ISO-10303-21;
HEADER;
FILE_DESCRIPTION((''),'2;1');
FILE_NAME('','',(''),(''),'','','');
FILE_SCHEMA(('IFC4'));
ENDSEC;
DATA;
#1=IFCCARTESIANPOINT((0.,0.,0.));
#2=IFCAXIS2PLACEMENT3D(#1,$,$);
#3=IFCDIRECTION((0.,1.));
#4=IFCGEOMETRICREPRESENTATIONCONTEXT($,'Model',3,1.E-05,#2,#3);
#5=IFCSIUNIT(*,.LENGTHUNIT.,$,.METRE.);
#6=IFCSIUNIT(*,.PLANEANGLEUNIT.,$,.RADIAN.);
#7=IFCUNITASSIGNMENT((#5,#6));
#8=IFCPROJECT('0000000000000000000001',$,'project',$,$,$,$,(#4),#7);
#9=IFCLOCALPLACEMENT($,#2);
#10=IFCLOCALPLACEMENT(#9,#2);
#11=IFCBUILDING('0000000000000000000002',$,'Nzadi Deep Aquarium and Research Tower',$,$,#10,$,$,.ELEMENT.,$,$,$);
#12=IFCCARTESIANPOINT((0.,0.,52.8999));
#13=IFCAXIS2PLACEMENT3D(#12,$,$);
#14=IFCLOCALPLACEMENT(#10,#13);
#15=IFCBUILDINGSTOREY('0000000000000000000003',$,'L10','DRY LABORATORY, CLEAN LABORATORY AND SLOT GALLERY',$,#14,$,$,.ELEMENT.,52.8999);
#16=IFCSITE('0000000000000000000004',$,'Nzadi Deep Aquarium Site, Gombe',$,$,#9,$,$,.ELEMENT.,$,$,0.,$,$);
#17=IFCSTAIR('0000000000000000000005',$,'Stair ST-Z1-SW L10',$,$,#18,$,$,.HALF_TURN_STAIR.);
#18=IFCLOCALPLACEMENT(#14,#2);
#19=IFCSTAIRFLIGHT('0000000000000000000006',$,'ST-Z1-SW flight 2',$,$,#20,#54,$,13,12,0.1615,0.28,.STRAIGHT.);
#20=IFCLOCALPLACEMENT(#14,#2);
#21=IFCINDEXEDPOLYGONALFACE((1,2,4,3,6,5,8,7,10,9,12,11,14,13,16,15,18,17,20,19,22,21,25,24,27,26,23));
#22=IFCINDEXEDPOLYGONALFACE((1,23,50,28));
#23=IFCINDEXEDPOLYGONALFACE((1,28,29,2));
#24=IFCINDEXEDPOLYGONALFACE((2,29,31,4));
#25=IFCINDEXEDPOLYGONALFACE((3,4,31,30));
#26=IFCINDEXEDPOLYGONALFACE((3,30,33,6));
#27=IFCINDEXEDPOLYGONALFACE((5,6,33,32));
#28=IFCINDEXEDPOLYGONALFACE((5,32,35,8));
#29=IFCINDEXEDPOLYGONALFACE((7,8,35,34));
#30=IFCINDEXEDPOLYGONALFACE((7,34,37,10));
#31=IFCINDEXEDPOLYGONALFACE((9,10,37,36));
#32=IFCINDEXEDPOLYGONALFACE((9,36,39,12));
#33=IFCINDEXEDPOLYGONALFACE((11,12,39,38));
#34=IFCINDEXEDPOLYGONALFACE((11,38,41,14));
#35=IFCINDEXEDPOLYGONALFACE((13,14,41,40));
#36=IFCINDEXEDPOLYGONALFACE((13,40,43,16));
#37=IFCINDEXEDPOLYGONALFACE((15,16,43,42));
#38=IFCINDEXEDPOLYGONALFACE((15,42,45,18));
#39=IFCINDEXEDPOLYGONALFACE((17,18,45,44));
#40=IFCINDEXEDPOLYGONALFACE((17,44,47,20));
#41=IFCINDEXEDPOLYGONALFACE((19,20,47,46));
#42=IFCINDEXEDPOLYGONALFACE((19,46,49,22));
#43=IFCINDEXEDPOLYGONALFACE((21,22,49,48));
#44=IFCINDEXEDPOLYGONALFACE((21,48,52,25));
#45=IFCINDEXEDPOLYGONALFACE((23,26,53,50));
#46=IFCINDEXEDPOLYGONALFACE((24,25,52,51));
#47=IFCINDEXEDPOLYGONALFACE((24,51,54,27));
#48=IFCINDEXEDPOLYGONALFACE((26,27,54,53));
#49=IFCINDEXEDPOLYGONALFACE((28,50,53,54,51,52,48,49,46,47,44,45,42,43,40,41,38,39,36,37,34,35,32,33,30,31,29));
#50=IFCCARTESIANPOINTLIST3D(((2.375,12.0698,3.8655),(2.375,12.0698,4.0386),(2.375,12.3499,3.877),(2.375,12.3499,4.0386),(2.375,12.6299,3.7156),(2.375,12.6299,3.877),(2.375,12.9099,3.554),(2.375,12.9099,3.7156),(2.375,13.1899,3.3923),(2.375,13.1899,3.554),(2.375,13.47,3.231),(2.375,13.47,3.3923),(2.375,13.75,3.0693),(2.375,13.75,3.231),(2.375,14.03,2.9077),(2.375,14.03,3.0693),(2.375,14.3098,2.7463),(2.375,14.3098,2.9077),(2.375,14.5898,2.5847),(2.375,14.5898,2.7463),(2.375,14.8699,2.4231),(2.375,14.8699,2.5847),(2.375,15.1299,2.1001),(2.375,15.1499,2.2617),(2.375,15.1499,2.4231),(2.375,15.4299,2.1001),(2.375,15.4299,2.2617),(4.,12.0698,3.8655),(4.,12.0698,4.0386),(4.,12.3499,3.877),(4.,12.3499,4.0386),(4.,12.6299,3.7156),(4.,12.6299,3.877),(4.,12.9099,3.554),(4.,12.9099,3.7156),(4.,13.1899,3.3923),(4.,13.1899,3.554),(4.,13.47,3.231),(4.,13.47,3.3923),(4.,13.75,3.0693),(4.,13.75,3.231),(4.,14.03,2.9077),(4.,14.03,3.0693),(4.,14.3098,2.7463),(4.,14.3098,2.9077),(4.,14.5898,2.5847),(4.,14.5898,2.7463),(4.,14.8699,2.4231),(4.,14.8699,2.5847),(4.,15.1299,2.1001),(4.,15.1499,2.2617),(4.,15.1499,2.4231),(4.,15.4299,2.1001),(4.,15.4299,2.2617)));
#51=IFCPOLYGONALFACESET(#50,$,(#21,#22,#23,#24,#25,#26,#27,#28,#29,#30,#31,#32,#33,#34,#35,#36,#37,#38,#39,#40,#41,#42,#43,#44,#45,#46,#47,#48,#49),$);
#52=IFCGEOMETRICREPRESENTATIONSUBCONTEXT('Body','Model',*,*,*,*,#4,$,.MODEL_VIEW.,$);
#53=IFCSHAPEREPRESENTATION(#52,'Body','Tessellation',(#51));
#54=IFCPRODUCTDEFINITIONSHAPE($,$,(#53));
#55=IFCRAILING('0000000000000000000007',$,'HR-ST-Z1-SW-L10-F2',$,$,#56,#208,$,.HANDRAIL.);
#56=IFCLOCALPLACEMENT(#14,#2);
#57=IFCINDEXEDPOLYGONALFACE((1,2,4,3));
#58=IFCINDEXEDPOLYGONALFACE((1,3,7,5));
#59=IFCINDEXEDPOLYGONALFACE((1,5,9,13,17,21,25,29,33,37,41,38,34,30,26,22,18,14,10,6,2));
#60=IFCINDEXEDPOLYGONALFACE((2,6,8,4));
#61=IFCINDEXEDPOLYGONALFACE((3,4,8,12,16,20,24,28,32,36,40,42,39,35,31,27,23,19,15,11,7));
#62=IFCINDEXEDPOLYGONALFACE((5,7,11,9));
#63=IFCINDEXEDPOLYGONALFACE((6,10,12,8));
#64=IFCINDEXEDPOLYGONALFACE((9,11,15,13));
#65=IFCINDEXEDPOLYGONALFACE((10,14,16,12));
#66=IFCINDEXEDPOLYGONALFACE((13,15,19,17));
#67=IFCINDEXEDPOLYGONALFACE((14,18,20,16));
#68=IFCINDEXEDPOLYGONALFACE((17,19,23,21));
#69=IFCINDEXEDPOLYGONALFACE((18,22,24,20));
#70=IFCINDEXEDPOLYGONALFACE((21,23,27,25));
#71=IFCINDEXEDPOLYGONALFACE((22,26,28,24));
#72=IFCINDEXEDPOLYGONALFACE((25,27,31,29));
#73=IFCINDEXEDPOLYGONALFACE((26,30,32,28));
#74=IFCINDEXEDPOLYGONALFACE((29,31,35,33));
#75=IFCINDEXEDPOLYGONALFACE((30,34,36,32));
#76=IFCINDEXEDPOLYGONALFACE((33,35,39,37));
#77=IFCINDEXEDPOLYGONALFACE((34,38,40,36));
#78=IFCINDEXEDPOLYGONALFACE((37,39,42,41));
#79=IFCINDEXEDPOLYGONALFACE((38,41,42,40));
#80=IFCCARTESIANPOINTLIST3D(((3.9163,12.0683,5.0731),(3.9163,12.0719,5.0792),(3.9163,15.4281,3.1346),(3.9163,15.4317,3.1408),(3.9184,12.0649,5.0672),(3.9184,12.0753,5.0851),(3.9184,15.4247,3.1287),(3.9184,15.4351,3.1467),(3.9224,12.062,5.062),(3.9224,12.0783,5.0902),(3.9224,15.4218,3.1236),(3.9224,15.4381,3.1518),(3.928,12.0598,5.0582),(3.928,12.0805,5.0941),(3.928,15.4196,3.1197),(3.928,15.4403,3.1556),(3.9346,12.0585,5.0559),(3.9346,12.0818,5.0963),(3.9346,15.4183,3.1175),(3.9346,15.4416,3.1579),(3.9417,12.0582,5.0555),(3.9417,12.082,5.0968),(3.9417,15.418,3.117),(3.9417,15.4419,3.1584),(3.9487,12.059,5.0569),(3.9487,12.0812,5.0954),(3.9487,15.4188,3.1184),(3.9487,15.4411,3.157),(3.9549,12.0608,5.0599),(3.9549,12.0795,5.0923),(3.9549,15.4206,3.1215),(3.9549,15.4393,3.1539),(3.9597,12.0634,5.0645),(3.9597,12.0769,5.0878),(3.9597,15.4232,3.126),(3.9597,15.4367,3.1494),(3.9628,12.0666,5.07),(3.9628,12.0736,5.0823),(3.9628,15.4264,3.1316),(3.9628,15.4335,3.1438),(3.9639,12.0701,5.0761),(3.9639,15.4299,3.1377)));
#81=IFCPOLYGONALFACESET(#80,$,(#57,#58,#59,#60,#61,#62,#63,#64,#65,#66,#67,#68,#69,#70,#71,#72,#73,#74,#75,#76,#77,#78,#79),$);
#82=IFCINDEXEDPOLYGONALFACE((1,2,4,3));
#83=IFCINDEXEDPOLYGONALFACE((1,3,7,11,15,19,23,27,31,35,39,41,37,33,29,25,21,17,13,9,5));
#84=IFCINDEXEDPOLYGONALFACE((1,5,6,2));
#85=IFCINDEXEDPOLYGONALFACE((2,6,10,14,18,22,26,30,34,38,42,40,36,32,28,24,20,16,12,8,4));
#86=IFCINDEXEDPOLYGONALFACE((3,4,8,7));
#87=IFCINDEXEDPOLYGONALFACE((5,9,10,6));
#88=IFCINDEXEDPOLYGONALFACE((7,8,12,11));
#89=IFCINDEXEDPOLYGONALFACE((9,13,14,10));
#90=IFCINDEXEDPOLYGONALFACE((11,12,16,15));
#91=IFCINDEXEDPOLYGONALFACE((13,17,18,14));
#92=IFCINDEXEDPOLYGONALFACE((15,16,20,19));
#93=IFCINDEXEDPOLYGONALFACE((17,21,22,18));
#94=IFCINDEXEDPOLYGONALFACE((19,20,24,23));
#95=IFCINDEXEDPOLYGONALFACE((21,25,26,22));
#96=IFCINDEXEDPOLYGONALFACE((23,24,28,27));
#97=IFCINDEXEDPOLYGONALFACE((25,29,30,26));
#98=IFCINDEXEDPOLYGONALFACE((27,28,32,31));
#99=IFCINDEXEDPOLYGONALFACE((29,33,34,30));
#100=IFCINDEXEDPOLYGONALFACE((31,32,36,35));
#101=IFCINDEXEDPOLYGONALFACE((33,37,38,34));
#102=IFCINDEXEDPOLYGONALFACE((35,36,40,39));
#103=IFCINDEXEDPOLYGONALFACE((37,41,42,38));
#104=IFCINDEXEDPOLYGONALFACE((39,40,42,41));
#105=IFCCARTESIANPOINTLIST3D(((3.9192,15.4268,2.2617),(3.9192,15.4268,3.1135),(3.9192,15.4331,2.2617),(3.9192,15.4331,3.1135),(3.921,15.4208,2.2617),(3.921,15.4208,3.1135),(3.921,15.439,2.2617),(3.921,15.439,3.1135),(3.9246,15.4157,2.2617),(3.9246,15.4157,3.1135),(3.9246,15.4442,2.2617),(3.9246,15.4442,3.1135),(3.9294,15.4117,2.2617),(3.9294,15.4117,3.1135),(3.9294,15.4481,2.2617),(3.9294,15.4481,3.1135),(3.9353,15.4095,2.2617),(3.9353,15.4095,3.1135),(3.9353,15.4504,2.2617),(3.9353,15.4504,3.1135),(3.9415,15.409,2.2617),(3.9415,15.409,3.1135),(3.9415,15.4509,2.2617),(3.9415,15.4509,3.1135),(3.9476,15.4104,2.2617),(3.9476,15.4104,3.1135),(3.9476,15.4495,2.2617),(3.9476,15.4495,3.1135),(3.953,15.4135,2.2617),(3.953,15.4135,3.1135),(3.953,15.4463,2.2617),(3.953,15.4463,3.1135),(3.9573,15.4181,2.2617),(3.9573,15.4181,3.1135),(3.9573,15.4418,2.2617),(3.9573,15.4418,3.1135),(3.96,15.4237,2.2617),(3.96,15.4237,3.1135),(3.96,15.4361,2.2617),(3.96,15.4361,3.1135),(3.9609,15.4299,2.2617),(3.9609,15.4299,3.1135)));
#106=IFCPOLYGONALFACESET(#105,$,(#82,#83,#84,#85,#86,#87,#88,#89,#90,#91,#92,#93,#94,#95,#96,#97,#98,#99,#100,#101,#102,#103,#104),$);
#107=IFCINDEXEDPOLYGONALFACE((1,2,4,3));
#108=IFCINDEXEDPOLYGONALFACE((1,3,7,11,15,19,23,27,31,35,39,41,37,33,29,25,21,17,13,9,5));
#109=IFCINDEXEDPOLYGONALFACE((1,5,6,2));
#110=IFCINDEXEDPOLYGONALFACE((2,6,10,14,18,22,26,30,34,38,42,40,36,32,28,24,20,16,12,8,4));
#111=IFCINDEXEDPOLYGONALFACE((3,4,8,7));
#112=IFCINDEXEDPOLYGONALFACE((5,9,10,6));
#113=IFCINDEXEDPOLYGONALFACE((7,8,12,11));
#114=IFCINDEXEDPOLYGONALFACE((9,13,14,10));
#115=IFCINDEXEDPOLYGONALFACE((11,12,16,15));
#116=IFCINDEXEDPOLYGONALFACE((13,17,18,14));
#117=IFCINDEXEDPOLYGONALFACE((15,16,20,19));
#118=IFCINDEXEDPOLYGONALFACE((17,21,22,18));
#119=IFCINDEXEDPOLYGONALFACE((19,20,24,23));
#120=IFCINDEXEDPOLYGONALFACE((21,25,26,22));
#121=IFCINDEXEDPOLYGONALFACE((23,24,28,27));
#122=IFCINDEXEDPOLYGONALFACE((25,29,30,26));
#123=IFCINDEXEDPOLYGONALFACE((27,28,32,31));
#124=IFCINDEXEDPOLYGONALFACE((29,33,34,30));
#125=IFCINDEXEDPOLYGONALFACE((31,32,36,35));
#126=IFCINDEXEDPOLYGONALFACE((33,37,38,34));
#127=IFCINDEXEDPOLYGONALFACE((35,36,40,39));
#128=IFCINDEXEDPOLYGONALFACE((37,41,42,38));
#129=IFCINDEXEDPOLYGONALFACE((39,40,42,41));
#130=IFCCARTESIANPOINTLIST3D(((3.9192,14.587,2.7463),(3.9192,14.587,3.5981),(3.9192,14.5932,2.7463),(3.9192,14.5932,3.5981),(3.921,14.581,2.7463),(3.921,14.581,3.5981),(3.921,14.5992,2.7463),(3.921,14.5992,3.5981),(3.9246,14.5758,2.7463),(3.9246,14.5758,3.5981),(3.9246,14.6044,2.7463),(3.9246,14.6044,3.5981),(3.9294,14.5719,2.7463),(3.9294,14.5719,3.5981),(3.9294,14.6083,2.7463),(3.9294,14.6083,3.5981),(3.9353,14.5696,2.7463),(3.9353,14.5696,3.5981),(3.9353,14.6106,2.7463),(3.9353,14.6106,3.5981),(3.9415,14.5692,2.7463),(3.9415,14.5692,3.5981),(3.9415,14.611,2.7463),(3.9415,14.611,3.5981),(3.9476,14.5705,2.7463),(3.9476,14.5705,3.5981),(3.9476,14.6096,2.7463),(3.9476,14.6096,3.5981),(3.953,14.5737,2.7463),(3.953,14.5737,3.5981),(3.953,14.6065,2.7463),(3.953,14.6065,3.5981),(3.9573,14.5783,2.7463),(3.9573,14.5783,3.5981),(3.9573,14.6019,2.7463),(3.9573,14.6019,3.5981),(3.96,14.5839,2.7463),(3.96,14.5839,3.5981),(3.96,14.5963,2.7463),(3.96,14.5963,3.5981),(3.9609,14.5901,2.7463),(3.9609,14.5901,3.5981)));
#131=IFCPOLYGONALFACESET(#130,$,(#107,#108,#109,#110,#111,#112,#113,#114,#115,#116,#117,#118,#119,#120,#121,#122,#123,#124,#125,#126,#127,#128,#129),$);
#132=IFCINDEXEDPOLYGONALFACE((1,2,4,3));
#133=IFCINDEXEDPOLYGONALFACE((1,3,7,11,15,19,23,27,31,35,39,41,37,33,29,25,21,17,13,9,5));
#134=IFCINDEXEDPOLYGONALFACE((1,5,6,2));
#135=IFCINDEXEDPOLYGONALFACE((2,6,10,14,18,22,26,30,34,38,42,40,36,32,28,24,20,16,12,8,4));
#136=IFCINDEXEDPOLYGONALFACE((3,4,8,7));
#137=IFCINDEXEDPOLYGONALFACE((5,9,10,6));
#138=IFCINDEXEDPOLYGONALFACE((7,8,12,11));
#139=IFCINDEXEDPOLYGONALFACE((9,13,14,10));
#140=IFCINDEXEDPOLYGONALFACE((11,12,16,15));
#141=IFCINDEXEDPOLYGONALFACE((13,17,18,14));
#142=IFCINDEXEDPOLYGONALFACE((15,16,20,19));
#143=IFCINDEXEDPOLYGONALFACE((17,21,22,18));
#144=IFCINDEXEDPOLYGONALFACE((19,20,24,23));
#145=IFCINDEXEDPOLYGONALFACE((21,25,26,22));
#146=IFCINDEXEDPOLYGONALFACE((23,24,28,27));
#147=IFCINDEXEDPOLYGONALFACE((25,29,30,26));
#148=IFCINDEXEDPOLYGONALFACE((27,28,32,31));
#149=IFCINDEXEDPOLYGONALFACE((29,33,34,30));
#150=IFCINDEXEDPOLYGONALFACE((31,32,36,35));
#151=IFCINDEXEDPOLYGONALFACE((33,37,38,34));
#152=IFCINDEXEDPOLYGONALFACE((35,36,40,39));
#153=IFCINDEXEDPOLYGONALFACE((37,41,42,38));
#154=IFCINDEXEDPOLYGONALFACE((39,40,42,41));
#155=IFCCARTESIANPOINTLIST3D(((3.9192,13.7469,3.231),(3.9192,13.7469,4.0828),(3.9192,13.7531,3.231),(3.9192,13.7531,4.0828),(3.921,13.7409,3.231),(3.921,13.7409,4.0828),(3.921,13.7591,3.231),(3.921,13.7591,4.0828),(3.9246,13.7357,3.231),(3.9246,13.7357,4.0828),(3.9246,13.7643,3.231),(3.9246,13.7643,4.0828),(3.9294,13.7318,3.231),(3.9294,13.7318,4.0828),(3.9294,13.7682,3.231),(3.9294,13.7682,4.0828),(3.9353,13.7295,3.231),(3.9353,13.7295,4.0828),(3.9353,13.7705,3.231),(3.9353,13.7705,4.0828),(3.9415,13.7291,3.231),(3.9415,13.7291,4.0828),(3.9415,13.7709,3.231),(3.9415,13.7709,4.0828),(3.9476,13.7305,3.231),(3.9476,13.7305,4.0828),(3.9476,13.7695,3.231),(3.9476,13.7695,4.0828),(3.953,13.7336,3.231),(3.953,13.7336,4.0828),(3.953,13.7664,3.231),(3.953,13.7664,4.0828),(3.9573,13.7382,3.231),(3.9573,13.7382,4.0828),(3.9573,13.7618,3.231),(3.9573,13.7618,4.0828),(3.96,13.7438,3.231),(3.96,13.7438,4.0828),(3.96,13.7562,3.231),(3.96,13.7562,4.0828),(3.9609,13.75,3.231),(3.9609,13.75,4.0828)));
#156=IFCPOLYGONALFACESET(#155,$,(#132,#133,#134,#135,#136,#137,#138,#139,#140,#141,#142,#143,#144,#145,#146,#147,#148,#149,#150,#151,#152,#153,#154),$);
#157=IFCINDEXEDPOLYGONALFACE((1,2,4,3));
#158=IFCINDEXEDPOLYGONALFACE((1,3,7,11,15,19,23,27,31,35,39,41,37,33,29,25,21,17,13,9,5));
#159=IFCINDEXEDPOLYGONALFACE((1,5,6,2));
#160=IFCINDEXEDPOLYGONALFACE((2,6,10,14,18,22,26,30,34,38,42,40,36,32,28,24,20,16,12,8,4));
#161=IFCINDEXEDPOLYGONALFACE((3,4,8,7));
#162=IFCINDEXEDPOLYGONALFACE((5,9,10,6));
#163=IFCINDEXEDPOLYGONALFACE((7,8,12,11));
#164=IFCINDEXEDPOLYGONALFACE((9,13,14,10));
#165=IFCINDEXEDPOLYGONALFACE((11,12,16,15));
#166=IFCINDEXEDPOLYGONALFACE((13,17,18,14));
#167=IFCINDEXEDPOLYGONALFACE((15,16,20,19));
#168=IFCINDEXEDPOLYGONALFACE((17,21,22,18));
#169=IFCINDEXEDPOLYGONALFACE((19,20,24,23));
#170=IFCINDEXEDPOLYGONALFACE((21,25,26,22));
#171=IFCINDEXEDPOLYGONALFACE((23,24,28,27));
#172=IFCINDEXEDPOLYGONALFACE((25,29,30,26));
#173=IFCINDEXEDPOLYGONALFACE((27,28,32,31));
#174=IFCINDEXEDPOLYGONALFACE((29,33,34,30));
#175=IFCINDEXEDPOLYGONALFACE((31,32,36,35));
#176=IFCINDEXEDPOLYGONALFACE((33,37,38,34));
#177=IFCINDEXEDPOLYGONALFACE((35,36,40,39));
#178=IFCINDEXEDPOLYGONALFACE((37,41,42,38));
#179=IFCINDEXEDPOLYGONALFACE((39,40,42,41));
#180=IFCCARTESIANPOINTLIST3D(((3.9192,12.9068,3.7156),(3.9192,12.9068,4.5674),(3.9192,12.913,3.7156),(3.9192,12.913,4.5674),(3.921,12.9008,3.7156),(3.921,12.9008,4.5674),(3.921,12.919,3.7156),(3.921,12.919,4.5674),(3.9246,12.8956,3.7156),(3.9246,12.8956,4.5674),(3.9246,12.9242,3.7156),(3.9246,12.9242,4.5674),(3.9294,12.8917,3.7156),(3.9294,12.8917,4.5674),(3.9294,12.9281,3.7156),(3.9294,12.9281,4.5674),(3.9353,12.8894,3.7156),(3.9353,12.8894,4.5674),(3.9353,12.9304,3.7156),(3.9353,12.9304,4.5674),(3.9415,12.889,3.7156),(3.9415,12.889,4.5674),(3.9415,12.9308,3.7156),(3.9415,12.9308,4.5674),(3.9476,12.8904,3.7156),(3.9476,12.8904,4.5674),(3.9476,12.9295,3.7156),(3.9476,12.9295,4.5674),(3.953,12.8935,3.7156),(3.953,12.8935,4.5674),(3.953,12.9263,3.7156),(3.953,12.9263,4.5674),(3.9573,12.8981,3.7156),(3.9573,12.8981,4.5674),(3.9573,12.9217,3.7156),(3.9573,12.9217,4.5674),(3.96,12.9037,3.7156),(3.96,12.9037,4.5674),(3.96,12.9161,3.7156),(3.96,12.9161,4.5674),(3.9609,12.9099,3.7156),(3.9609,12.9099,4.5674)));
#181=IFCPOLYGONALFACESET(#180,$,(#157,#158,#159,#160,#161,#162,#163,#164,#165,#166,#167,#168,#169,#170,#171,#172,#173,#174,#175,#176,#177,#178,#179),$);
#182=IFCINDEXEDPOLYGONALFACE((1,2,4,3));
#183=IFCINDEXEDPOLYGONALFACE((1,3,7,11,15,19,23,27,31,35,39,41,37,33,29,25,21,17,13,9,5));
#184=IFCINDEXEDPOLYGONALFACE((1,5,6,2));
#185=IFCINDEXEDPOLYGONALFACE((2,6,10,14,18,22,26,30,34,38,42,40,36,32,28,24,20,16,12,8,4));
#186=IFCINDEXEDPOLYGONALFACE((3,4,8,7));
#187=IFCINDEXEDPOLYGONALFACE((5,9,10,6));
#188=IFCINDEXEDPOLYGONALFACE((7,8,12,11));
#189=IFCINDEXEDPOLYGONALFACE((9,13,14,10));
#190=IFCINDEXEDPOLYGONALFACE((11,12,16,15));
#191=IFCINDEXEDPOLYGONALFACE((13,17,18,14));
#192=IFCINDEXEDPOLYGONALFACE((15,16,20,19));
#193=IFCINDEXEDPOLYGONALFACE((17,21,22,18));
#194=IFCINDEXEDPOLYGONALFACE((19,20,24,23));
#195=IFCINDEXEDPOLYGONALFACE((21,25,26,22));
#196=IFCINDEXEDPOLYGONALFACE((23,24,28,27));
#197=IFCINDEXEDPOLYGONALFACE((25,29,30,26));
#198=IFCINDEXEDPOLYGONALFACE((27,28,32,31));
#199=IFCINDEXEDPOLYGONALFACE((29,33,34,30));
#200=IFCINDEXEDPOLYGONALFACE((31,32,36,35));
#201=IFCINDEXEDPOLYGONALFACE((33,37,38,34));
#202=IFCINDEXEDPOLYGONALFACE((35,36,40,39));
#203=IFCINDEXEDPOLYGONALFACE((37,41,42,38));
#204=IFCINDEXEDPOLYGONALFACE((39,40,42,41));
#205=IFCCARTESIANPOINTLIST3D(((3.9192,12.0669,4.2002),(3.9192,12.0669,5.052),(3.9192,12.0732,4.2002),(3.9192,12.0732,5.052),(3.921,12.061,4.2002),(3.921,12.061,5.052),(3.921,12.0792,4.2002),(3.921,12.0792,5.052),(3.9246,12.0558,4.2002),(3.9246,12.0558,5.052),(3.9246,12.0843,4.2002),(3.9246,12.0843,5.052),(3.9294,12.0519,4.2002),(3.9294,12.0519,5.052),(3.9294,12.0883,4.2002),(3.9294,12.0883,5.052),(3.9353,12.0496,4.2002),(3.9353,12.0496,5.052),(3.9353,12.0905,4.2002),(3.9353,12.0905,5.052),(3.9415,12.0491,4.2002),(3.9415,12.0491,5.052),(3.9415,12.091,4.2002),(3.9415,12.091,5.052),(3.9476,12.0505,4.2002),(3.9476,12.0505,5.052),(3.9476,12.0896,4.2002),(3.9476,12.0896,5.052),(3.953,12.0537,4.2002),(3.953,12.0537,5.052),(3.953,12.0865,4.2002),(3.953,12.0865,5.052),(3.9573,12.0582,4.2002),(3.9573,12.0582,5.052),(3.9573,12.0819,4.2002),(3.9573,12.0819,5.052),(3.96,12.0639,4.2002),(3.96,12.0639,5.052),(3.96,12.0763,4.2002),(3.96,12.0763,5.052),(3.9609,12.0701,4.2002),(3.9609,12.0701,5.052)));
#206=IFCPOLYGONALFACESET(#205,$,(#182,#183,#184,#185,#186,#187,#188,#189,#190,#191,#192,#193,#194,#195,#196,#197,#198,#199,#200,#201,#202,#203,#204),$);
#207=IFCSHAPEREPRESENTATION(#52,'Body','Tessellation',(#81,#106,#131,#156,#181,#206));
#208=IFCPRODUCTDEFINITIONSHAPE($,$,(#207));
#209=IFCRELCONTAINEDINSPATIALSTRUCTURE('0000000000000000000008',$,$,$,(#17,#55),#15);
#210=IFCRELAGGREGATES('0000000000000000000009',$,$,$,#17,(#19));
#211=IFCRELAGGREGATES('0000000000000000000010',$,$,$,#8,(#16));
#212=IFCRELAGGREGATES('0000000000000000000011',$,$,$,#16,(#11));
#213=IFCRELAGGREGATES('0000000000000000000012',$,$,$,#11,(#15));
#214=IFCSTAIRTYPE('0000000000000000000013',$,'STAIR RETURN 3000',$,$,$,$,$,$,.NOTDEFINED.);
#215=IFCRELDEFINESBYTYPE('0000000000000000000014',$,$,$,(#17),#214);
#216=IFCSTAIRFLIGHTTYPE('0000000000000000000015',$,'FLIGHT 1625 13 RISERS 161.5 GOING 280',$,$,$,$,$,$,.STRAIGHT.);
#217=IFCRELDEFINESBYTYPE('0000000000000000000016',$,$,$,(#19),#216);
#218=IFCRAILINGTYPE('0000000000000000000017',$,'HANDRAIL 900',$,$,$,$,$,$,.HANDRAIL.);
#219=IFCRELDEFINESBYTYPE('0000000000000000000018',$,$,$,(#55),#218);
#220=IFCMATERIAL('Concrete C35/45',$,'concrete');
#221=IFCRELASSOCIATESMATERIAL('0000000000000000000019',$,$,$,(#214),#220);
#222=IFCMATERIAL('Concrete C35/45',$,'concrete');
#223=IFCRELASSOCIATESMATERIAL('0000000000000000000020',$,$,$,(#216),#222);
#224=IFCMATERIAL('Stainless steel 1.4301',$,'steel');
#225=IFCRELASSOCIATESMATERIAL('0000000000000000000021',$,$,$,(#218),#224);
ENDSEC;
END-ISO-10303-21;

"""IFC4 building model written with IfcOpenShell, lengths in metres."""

from ifc_helpers import new_model, si_unit, direction, frame, origin, origin_2d, place, context, subcontext, project, spatial, polyline, circle, outline, extrude, material, type_object, element, aggregate, save


model = new_model("IFC4")

# Units and contexts
model_context = context("Model", 3, precision=1e-05, world=origin(), true_north=direction((0.0, 1.0)))
body_context = subcontext(model_context, "Body", "Model", "MODEL_VIEW")
ifc_project = project(units=[si_unit("LENGTHUNIT", "METRE"), si_unit("PLANEANGLEUNIT", "RADIAN")], contexts=[model_context])

# Site, building, storey
site_placement = place(None, origin())
site = spatial("IfcSite", under=ifc_project, at=site_placement, Name="Nzadi Deep Aquarium Site, Gombe", CompositionType="ELEMENT", RefElevation=0.0)
building_placement = place(site_placement, origin())
building = spatial("IfcBuilding", under=site, at=building_placement, Name="Nzadi Deep Aquarium and Research Tower", CompositionType="ELEMENT")
storey_placement = place(building_placement, frame((0.0, 0.0, 52.8999)))
storey = spatial("IfcBuildingStorey", under=building, at=storey_placement, Name="L10", Description="DRY LABORATORY, CLEAN LABORATORY AND SLOT GALLERY", CompositionType="ELEMENT", Elevation=52.8999)

# Stair, stair flight
ifc_material_1 = material(Name="Concrete C35/45", Category="concrete")
stair_type = type_object("IfcStairType", Name="STAIR RETURN 3000", PredefinedType="NOTDEFINED", material=ifc_material_1)
stair_placement = place(storey_placement, origin())
stair = element("IfcStair", 1, at=stair_placement, inside=storey, type_object=stair_type, Name="Stair ST-Z1-SW L10", PredefinedType="HALF_TURN_STAIR")
ifc_material_2 = material(Name="Concrete C35/45", Category="concrete")
stair_flight_type = type_object("IfcStairFlightType", Name="FLIGHT 1625 13 RISERS 161.5 GOING 280", PredefinedType="STRAIGHT", material=ifc_material_2)
stair_flight_placement = place(storey_placement, frame((3.1875, 15.4299, 2.1001), z_axis=(0.0, 0.0, 1.0), x_axis=(0.0, -1.0, 0.0)))
stair_flight = element("IfcStairFlight", 2, at=stair_flight_placement, type_object=stair_flight_type, Name="ST-Z1-SW flight 2", NumberOfRisers=13, NumberOfTreads=12, PredefinedType="STRAIGHT", RiserHeight=0.1615, TreadLength=0.28, context=body_context, shape_type="SweptSolid", body=[
    extrude(outline(polyline([(0.0, 0.0), (0.0, 0.1616), (0.28, 0.1616), (0.28, 0.323), (0.5601, 0.323), (0.5601, 0.4846), (0.8401, 0.4846), (0.8401, 0.6462), (1.1201, 0.6462), (1.1201, 0.8076), (1.3999, 0.8076), (1.3999, 0.9692), (1.6799, 0.9692), (1.6799, 1.1309), (1.96, 1.1309), (1.96, 1.2922), (2.24, 1.2922), (2.24, 1.4539), (2.52, 1.4539), (2.52, 1.6155), (2.8, 1.6155), (2.8, 1.7769), (3.0801, 1.7769), (3.0801, 1.9385), (3.3601, 1.9385), (3.3601, 2.1001), (3.3601, 1.7654), (0.3, 0.0), (0.0, 0.0)])), frame((0.0, 0.8125, 0.0), z_axis=(0.0, -1.0, 0.0), x_axis=(1.0, 0.0, 0.0)), (0.0, 0.0, 1.0), 1.625),
])
aggregate(stair, [stair_flight])

# Railing
ifc_material_3 = material(Name="Stainless steel 1.4301", Category="steel")
railing_type = type_object("IfcRailingType", Name="HANDRAIL 900", PredefinedType="HANDRAIL", material=ifc_material_3)
railing_placement = place(storey_placement, frame((3.9399, 15.4299, 2.2617)))
element("IfcRailing", 3, at=railing_placement, inside=storey, type_object=railing_type, Name="HR-ST-Z1-SW-L10-F2", PredefinedType="HANDRAIL", context=body_context, shape_type="SweptSolid", body=[
    extrude(circle(Radius=0.0239, at=origin_2d()), frame((0.0, 0.0, 0.876), z_axis=(0.0, -0.866175, 0.499741), x_axis=(1.0, 0.0, 0.0)), (0.0, 0.0, 1.0), 3.8789),
    extrude(circle(Radius=0.021, at=origin_2d()), origin(), (0.0, 0.0, 1.0), 0.8518),
    extrude(circle(Radius=0.021, at=origin_2d()), frame((0.0, -0.8398, 0.4846)), (0.0, 0.0, 1.0), 0.8518),
    extrude(circle(Radius=0.021, at=origin_2d()), frame((0.0, -1.6799, 0.9692)), (0.0, 0.0, 1.0), 0.8518),
    extrude(circle(Radius=0.021, at=origin_2d()), frame((0.0, -2.52, 1.4539)), (0.0, 0.0, 1.0), 0.8518),
    extrude(circle(Radius=0.021, at=origin_2d()), frame((0.0, -3.3599, 1.9385)), (0.0, 0.0, 1.0), 0.8518),
])

save(model, "model.ifc")
